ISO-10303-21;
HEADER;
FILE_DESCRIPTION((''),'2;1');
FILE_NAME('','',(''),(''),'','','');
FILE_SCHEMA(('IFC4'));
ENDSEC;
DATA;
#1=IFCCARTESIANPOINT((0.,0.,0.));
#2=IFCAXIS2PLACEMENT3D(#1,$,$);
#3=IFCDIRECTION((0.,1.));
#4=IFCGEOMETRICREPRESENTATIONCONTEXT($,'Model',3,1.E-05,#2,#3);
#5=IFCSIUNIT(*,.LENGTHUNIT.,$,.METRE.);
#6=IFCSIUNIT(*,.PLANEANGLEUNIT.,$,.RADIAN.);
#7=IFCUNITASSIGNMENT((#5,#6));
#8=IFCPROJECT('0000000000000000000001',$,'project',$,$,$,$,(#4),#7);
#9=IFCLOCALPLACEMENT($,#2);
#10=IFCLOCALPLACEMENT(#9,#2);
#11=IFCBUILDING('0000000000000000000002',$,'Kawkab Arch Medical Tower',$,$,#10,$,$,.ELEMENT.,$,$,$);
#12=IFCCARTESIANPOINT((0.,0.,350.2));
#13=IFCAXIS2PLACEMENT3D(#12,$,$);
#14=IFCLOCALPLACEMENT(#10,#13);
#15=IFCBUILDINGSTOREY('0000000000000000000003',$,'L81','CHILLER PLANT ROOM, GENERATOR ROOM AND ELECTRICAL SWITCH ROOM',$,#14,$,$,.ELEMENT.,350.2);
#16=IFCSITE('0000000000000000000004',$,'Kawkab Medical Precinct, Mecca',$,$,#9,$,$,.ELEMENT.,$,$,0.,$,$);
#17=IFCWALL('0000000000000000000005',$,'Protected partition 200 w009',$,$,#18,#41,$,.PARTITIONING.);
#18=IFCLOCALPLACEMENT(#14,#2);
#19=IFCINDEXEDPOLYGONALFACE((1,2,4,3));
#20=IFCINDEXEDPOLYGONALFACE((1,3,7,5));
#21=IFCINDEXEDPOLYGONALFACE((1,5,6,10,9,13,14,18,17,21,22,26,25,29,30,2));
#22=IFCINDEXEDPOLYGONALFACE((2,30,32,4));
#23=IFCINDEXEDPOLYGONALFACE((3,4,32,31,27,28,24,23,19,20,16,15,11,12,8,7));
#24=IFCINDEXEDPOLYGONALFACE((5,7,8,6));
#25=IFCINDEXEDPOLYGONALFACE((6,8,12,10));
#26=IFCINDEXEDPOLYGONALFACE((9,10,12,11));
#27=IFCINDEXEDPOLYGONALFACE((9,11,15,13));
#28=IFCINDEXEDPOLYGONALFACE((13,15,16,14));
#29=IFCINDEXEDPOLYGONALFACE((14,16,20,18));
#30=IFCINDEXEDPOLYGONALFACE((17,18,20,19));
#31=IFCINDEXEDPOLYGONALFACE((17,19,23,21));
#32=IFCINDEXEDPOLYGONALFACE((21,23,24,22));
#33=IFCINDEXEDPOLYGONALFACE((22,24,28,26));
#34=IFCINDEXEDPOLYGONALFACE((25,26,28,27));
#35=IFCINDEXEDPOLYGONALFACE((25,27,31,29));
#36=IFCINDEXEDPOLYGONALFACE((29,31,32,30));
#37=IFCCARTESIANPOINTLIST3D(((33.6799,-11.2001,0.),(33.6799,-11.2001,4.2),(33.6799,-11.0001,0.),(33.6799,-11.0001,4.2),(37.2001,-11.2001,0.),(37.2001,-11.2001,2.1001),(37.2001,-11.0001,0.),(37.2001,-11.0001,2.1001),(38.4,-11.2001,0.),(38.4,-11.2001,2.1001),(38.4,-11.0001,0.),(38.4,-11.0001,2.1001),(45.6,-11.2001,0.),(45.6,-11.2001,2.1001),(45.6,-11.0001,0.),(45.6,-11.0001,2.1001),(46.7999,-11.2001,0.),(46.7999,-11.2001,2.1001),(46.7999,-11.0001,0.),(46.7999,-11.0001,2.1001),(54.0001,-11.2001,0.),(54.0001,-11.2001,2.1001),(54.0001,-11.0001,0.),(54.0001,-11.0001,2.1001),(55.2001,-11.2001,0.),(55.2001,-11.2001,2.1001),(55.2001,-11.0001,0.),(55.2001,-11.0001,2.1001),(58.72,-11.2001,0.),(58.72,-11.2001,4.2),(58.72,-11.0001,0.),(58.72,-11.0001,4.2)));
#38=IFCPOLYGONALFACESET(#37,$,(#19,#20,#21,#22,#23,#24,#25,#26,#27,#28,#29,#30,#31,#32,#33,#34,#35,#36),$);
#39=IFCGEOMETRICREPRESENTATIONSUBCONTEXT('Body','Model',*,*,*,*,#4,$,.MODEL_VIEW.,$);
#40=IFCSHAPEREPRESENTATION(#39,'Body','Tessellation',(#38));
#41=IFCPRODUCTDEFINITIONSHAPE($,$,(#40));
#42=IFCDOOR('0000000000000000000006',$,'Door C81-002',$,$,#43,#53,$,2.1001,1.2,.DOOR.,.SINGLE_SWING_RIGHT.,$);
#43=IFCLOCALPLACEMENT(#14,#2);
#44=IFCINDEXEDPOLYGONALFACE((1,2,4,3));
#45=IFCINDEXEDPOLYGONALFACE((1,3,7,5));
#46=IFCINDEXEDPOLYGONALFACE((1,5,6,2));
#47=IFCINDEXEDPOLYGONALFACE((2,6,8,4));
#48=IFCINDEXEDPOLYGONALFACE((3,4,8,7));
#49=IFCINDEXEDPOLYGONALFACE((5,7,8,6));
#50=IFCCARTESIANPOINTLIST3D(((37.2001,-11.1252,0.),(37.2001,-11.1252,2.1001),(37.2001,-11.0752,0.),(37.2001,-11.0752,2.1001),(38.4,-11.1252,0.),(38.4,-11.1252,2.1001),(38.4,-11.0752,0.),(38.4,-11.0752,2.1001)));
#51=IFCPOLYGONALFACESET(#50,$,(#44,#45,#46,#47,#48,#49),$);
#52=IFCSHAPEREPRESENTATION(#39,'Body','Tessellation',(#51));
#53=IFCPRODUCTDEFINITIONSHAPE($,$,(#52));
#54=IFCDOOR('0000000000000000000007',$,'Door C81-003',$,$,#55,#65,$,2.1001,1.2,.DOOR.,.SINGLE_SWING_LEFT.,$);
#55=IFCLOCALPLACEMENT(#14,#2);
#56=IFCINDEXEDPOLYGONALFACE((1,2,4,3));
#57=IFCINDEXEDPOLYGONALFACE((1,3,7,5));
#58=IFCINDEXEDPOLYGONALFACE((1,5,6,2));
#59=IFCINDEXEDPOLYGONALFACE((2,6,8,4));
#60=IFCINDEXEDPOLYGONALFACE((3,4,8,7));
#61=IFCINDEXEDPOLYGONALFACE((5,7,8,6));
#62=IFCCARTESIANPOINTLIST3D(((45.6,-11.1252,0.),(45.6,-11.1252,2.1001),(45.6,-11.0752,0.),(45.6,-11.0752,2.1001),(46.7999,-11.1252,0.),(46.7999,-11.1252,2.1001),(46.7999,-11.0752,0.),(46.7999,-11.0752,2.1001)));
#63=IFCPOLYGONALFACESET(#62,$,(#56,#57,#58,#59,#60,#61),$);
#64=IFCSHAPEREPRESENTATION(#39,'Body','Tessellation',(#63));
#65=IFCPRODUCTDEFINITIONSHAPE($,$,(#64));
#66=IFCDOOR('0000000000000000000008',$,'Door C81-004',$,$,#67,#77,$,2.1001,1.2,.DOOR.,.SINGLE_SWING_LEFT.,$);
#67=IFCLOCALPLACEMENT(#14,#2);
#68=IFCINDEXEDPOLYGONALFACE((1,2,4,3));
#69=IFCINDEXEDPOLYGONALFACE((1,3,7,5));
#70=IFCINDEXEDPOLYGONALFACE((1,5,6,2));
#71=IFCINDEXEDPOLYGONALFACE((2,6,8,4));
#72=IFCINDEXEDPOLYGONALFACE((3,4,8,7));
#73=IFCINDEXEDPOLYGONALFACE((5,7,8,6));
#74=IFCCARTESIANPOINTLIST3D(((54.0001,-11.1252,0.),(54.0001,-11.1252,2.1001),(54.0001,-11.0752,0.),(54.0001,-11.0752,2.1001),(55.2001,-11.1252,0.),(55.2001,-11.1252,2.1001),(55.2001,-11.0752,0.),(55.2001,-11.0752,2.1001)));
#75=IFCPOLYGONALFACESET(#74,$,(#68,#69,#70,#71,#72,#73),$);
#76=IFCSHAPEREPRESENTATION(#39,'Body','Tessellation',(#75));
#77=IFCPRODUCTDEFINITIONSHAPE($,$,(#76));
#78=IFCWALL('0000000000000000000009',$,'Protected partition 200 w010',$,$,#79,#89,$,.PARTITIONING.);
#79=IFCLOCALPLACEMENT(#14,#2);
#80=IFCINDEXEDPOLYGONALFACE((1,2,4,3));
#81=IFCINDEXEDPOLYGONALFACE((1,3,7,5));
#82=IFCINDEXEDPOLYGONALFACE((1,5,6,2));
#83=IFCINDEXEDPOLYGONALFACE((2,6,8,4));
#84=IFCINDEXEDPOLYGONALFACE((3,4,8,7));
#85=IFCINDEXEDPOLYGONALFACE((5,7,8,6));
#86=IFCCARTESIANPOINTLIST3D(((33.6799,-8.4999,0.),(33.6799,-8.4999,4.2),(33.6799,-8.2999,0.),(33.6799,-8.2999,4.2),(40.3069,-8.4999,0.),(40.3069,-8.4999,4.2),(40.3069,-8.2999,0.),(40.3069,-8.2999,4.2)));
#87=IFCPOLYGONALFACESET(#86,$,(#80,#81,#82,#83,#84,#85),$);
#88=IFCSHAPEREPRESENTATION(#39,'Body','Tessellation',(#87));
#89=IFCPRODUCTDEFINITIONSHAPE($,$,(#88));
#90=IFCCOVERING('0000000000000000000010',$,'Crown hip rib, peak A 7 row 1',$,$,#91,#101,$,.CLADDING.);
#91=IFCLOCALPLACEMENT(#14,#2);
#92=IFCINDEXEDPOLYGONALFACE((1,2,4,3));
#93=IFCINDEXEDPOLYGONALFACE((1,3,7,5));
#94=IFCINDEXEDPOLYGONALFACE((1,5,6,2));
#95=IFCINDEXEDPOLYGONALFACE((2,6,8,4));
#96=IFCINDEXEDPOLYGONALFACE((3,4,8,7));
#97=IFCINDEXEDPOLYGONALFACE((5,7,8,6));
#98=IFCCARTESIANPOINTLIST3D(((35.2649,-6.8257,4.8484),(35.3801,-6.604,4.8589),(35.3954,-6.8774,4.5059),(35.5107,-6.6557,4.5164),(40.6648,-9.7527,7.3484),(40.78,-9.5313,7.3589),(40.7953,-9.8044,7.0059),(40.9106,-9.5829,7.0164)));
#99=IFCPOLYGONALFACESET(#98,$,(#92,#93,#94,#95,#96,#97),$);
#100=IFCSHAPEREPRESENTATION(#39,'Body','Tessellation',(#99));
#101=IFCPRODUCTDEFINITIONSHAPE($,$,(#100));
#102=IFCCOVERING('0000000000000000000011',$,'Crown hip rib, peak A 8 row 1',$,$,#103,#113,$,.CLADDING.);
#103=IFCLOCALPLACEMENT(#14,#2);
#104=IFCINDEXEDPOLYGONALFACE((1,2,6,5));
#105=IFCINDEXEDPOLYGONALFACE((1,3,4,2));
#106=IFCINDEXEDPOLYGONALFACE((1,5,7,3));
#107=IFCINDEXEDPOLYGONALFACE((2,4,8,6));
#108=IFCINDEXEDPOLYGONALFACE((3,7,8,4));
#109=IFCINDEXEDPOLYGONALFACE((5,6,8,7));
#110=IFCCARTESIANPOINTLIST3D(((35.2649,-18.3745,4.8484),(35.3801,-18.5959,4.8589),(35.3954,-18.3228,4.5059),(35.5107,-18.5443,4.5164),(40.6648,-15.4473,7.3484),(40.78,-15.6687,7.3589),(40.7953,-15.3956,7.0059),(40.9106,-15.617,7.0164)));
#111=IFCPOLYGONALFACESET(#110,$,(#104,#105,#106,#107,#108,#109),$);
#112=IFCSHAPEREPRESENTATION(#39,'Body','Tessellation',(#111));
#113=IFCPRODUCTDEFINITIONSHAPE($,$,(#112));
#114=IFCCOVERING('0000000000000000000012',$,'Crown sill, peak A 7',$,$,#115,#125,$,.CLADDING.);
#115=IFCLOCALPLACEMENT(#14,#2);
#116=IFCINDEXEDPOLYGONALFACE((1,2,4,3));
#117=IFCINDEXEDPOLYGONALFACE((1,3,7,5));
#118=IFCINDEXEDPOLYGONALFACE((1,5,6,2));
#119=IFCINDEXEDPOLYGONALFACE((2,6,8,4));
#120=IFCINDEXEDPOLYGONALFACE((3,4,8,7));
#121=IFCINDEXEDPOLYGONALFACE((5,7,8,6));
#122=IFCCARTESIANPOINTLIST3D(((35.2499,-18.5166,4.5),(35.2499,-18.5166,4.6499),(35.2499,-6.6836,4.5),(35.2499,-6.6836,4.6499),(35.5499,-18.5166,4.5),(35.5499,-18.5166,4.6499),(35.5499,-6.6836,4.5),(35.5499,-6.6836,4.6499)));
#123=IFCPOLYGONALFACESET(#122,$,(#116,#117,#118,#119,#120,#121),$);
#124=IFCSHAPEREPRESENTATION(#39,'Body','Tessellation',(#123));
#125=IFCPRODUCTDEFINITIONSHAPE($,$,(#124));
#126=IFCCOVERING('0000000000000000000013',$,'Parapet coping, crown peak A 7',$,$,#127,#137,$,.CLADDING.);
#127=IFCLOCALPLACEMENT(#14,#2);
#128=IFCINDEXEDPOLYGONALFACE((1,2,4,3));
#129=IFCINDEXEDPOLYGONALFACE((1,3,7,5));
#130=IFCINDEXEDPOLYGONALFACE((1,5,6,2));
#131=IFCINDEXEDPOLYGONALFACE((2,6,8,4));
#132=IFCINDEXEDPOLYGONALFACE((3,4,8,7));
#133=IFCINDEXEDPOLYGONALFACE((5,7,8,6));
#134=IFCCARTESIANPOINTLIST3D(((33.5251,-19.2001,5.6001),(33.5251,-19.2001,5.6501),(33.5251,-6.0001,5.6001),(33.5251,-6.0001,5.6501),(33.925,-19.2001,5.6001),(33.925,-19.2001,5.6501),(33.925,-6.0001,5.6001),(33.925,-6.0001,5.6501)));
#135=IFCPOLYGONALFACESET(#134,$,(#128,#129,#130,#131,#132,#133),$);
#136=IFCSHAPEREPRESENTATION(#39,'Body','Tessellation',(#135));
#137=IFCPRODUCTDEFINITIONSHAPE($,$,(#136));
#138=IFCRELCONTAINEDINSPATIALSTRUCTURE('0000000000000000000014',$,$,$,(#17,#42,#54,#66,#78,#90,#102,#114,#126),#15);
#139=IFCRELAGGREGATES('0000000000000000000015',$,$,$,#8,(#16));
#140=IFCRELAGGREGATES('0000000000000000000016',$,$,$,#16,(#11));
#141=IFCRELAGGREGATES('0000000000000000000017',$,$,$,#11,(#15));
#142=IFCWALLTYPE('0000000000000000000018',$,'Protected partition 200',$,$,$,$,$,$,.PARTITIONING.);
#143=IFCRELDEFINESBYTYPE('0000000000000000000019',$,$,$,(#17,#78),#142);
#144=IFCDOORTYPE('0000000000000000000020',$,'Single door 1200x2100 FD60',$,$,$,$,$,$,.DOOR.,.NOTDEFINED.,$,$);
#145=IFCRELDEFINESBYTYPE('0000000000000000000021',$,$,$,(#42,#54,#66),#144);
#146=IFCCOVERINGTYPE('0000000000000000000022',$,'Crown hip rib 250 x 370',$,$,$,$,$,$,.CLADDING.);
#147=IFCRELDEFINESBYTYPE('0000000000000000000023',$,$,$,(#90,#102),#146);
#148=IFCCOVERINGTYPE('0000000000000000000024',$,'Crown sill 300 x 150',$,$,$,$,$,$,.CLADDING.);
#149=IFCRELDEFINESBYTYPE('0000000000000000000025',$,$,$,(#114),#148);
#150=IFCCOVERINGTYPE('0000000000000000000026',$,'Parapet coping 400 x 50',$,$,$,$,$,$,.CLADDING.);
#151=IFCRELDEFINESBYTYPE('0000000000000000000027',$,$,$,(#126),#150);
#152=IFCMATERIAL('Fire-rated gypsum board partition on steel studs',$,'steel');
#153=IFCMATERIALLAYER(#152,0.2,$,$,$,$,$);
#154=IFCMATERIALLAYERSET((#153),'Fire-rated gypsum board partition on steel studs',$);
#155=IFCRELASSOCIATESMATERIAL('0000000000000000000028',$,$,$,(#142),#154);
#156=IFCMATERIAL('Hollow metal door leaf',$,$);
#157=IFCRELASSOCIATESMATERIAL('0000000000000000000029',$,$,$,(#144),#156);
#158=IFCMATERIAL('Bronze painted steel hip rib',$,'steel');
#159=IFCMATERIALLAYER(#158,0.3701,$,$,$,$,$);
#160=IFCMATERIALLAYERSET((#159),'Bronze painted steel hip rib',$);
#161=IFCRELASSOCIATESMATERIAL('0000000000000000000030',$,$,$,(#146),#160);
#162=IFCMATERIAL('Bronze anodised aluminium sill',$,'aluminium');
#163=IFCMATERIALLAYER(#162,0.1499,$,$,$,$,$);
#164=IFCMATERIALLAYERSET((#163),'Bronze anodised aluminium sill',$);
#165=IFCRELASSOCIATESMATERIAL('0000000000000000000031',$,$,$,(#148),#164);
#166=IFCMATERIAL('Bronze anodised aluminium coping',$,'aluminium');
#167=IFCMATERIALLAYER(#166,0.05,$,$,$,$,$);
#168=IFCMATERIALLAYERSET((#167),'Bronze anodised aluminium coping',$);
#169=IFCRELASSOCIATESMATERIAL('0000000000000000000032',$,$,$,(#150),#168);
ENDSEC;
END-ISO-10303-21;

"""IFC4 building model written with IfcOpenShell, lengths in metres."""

from ifc_helpers import new_model, si_unit, direction, frame, frame_2d, origin, origin_2d, place, context, subcontext, project, spatial, polyline, rectangle, outline, extrude, material, layer, layer_set, type_object, element, fill, save


model = new_model("IFC4")

# Units and contexts
model_context = context("Model", 3, precision=1e-05, world=origin(), true_north=direction((0.0, 1.0)))
body_context = subcontext(model_context, "Body", "Model", "MODEL_VIEW")
ifc_project = project(units=[si_unit("LENGTHUNIT", "METRE"), si_unit("PLANEANGLEUNIT", "RADIAN")], contexts=[model_context])

# Site, building, storey
site_placement = place(None, origin())
site = spatial("IfcSite", under=ifc_project, at=site_placement, Name="Kawkab Medical Precinct, Mecca", CompositionType="ELEMENT", RefElevation=0.0)
building_placement = place(site_placement, origin())
building = spatial("IfcBuilding", under=site, at=building_placement, Name="Kawkab Arch Medical Tower", CompositionType="ELEMENT")
storey_placement = place(building_placement, frame((0.0, 0.0, 350.2)))
storey = spatial("IfcBuildingStorey", under=building, at=storey_placement, Name="L81", Description="CHILLER PLANT ROOM, GENERATOR ROOM AND ELECTRICAL SWITCH ROOM", CompositionType="ELEMENT", Elevation=350.2)

# Wall, openings, doors
ifc_material_1 = material(Name="Fire-rated gypsum board partition on steel studs", Category="steel")
ifc_layer_1 = layer(ifc_material_1, 0.2)
ifc_layer_set_1 = layer_set([ifc_layer_1], Name="Fire-rated gypsum board partition on steel studs")
wall_type_1 = type_object("IfcWallType", Name="Protected partition 200", PredefinedType="PARTITIONING", material=ifc_layer_set_1)
wall_1_placement = place(storey_placement, frame((33.6799, -11.1001, 0.0), z_axis=(0.0, 0.0, 1.0), x_axis=(1.0, 0.0, 0.0)))
wall_1 = element("IfcWall", 1, at=wall_1_placement, inside=storey, type_object=wall_type_1, Name="Protected partition 200 w009", PredefinedType="PARTITIONING", context=body_context, shape_type="SweptSolid", body=[
    extrude(rectangle(XDim=25.04, YDim=0.2, at=frame_2d((12.52, 0.0))), origin(), (0.0, 0.0, 1.0), 4.2),
])
opening_1_placement = place(wall_1_placement, frame((3.52, 0.0, 0.0)))
opening_1 = element("IfcOpeningElement", 2, at=opening_1_placement, cuts=wall_1, PredefinedType="OPENING", context=body_context, shape_type="SweptSolid", body=[
    extrude(rectangle(XDim=1.2, YDim=2.1001, at=frame_2d((0.6001, 1.05))), frame((0.0, 0.1099, 0.0), z_axis=(0.0, -1.0, 0.0), x_axis=(1.0, 0.0, 0.0)), (0.0, 0.0, 1.0), 0.22),
])
opening_2_placement = place(wall_1_placement, frame((11.9199, 0.0, 0.0)))
opening_2 = element("IfcOpeningElement", 3, at=opening_2_placement, cuts=wall_1, PredefinedType="OPENING", context=body_context, shape_type="SweptSolid", body=[
    extrude(rectangle(XDim=1.2, YDim=2.1001, at=frame_2d((0.6001, 1.05))), frame((0.0, 0.1099, 0.0), z_axis=(0.0, -1.0, 0.0), x_axis=(1.0, 0.0, 0.0)), (0.0, 0.0, 1.0), 0.22),
])
opening_3_placement = place(wall_1_placement, frame((20.3201, 0.0, 0.0)))
opening_3 = element("IfcOpeningElement", 4, at=opening_3_placement, cuts=wall_1, PredefinedType="OPENING", context=body_context, shape_type="SweptSolid", body=[
    extrude(rectangle(XDim=1.2, YDim=2.1001, at=frame_2d((0.6001, 1.05))), frame((0.0, 0.1099, 0.0), z_axis=(0.0, -1.0, 0.0), x_axis=(1.0, 0.0, 0.0)), (0.0, 0.0, 1.0), 0.22),
])
ifc_material_2 = material(Name="Hollow metal door leaf")
door_type = type_object("IfcDoorType", Name="Single door 1200x2100 FD60", OperationType="NOTDEFINED", PredefinedType="DOOR", material=ifc_material_2)
door_1_placement = place(opening_1_placement, origin())
door_1 = element("IfcDoor", 5, at=door_1_placement, inside=storey, type_object=door_type, Name="Door C81-002", OperationType="SINGLE_SWING_RIGHT", OverallHeight=2.1001, OverallWidth=1.2, PredefinedType="DOOR", context=body_context, shape_type="SweptSolid", body=[
    extrude(rectangle(XDim=1.2, YDim=2.1001, at=frame_2d((0.6001, 1.05))), frame((0.0, 0.0249, 0.0), z_axis=(0.0, -1.0, 0.0), x_axis=(1.0, 0.0, 0.0)), (0.0, 0.0, 1.0), 0.05),
])
fill(opening_1, door_1)
door_2_placement = place(opening_2_placement, origin())
door_2 = element("IfcDoor", 6, at=door_2_placement, inside=storey, type_object=door_type, Name="Door C81-003", OperationType="SINGLE_SWING_LEFT", OverallHeight=2.1001, OverallWidth=1.2, PredefinedType="DOOR", context=body_context, shape_type="SweptSolid", body=[
    extrude(rectangle(XDim=1.2, YDim=2.1001, at=frame_2d((0.6001, 1.05))), frame((0.0, 0.0249, 0.0), z_axis=(0.0, -1.0, 0.0), x_axis=(1.0, 0.0, 0.0)), (0.0, 0.0, 1.0), 0.05),
])
fill(opening_2, door_2)
door_3_placement = place(opening_3_placement, origin())
door_3 = element("IfcDoor", 7, at=door_3_placement, inside=storey, type_object=door_type, Name="Door C81-004", OperationType="SINGLE_SWING_LEFT", OverallHeight=2.1001, OverallWidth=1.2, PredefinedType="DOOR", context=body_context, shape_type="SweptSolid", body=[
    extrude(rectangle(XDim=1.2, YDim=2.1001, at=frame_2d((0.6001, 1.05))), frame((0.0, 0.0249, 0.0), z_axis=(0.0, -1.0, 0.0), x_axis=(1.0, 0.0, 0.0)), (0.0, 0.0, 1.0), 0.05),
])
fill(opening_3, door_3)

# Wall
wall_2_placement = place(storey_placement, frame((33.6799, -8.3999, 0.0), z_axis=(0.0, 0.0, 1.0), x_axis=(1.0, 0.0, 0.0)))
element("IfcWall", 8, at=wall_2_placement, inside=storey, type_object=wall_type_1, Name="Protected partition 200 w010", PredefinedType="PARTITIONING", context=body_context, shape_type="SweptSolid", body=[
    extrude(rectangle(XDim=6.627, YDim=0.2, at=frame_2d((3.3135, 0.0))), origin(), (0.0, 0.0, 1.0), 4.2),
])

# Coverings
ifc_material_3 = material(Name="Bronze painted steel hip rib", Category="steel")
ifc_layer_2 = layer(ifc_material_3, 0.3701)
ifc_layer_set_2 = layer_set([ifc_layer_2], Name="Bronze painted steel hip rib")
covering_type_1 = type_object("IfcCoveringType", Name="Crown hip rib 250 x 370", PredefinedType="CLADDING", material=ifc_layer_set_2)
covering_1_placement = place(storey_placement, frame((35.2649, -6.8257, 4.8484), z_axis=(-0.352698, 0.1396, 0.925265), x_axis=(0.814286, -0.441381, 0.376988)))
element("IfcCovering", 9, at=covering_1_placement, inside=storey, type_object=covering_type_1, Name="Crown hip rib, peak A 7 row 1", PredefinedType="CLADDING", context=body_context, shape_type="SweptSolid", body=[
    extrude(outline(polyline([(0.0, 0.0), (6.6315, 0.0), (6.6315, 0.2498), (-0.0001, 0.2501), (0.0, 0.0)])), origin(), (0.0, 0.0, -1.0), 0.3701),
])
covering_2_placement = place(storey_placement, frame((35.3801, -18.5959, 4.8589), z_axis=(-0.352665, -0.13966, 0.925269), x_axis=(0.814272, 0.441411, 0.376985)))
element("IfcCovering", 10, at=covering_2_placement, inside=storey, type_object=covering_type_1, Name="Crown hip rib, peak A 8 row 1", PredefinedType="CLADDING", context=body_context, shape_type="SweptSolid", body=[
    extrude(outline(polyline([(0.0, 0.0), (6.6316, 0.0), (6.6315, 0.2498), (0.0, 0.2498), (0.0, 0.0)])), origin(), (0.0, 0.0, -1.0), 0.3701),
])
ifc_material_4 = material(Name="Bronze anodised aluminium sill", Category="aluminium")
ifc_layer_3 = layer(ifc_material_4, 0.1499)
ifc_layer_set_3 = layer_set([ifc_layer_3], Name="Bronze anodised aluminium sill")
covering_type_2 = type_object("IfcCoveringType", Name="Crown sill 300 x 150", PredefinedType="CLADDING", material=ifc_layer_set_3)
covering_3_placement = place(storey_placement, frame((35.3999, -12.6001, 4.5), z_axis=(0.0, 0.0, 1.0), x_axis=(0.0, -1.0, 0.0)))
element("IfcCovering", 11, at=covering_3_placement, inside=storey, type_object=covering_type_2, Name="Crown sill, peak A 7", PredefinedType="CLADDING", context=body_context, shape_type="SweptSolid", body=[
    extrude(rectangle(XDim=11.833, YDim=0.3, at=origin_2d()), origin(), (0.0, 0.0, 1.0), 0.1499),
])
ifc_material_5 = material(Name="Bronze anodised aluminium coping", Category="aluminium")
ifc_layer_4 = layer(ifc_material_5, 0.05)
ifc_layer_set_4 = layer_set([ifc_layer_4], Name="Bronze anodised aluminium coping")
covering_type_3 = type_object("IfcCoveringType", Name="Parapet coping 400 x 50", PredefinedType="CLADDING", material=ifc_layer_set_4)
covering_4_placement = place(storey_placement, frame((33.7251, -12.6001, 5.6001), z_axis=(0.0, 0.0, 1.0), x_axis=(0.0, -1.0, 0.0)))
element("IfcCovering", 12, at=covering_4_placement, inside=storey, type_object=covering_type_3, Name="Parapet coping, crown peak A 7", PredefinedType="CLADDING", context=body_context, shape_type="SweptSolid", body=[
    extrude(rectangle(XDim=13.2, YDim=0.3999, at=origin_2d()), origin(), (0.0, 0.0, 1.0), 0.05),
])

save(model, "model.ifc")
